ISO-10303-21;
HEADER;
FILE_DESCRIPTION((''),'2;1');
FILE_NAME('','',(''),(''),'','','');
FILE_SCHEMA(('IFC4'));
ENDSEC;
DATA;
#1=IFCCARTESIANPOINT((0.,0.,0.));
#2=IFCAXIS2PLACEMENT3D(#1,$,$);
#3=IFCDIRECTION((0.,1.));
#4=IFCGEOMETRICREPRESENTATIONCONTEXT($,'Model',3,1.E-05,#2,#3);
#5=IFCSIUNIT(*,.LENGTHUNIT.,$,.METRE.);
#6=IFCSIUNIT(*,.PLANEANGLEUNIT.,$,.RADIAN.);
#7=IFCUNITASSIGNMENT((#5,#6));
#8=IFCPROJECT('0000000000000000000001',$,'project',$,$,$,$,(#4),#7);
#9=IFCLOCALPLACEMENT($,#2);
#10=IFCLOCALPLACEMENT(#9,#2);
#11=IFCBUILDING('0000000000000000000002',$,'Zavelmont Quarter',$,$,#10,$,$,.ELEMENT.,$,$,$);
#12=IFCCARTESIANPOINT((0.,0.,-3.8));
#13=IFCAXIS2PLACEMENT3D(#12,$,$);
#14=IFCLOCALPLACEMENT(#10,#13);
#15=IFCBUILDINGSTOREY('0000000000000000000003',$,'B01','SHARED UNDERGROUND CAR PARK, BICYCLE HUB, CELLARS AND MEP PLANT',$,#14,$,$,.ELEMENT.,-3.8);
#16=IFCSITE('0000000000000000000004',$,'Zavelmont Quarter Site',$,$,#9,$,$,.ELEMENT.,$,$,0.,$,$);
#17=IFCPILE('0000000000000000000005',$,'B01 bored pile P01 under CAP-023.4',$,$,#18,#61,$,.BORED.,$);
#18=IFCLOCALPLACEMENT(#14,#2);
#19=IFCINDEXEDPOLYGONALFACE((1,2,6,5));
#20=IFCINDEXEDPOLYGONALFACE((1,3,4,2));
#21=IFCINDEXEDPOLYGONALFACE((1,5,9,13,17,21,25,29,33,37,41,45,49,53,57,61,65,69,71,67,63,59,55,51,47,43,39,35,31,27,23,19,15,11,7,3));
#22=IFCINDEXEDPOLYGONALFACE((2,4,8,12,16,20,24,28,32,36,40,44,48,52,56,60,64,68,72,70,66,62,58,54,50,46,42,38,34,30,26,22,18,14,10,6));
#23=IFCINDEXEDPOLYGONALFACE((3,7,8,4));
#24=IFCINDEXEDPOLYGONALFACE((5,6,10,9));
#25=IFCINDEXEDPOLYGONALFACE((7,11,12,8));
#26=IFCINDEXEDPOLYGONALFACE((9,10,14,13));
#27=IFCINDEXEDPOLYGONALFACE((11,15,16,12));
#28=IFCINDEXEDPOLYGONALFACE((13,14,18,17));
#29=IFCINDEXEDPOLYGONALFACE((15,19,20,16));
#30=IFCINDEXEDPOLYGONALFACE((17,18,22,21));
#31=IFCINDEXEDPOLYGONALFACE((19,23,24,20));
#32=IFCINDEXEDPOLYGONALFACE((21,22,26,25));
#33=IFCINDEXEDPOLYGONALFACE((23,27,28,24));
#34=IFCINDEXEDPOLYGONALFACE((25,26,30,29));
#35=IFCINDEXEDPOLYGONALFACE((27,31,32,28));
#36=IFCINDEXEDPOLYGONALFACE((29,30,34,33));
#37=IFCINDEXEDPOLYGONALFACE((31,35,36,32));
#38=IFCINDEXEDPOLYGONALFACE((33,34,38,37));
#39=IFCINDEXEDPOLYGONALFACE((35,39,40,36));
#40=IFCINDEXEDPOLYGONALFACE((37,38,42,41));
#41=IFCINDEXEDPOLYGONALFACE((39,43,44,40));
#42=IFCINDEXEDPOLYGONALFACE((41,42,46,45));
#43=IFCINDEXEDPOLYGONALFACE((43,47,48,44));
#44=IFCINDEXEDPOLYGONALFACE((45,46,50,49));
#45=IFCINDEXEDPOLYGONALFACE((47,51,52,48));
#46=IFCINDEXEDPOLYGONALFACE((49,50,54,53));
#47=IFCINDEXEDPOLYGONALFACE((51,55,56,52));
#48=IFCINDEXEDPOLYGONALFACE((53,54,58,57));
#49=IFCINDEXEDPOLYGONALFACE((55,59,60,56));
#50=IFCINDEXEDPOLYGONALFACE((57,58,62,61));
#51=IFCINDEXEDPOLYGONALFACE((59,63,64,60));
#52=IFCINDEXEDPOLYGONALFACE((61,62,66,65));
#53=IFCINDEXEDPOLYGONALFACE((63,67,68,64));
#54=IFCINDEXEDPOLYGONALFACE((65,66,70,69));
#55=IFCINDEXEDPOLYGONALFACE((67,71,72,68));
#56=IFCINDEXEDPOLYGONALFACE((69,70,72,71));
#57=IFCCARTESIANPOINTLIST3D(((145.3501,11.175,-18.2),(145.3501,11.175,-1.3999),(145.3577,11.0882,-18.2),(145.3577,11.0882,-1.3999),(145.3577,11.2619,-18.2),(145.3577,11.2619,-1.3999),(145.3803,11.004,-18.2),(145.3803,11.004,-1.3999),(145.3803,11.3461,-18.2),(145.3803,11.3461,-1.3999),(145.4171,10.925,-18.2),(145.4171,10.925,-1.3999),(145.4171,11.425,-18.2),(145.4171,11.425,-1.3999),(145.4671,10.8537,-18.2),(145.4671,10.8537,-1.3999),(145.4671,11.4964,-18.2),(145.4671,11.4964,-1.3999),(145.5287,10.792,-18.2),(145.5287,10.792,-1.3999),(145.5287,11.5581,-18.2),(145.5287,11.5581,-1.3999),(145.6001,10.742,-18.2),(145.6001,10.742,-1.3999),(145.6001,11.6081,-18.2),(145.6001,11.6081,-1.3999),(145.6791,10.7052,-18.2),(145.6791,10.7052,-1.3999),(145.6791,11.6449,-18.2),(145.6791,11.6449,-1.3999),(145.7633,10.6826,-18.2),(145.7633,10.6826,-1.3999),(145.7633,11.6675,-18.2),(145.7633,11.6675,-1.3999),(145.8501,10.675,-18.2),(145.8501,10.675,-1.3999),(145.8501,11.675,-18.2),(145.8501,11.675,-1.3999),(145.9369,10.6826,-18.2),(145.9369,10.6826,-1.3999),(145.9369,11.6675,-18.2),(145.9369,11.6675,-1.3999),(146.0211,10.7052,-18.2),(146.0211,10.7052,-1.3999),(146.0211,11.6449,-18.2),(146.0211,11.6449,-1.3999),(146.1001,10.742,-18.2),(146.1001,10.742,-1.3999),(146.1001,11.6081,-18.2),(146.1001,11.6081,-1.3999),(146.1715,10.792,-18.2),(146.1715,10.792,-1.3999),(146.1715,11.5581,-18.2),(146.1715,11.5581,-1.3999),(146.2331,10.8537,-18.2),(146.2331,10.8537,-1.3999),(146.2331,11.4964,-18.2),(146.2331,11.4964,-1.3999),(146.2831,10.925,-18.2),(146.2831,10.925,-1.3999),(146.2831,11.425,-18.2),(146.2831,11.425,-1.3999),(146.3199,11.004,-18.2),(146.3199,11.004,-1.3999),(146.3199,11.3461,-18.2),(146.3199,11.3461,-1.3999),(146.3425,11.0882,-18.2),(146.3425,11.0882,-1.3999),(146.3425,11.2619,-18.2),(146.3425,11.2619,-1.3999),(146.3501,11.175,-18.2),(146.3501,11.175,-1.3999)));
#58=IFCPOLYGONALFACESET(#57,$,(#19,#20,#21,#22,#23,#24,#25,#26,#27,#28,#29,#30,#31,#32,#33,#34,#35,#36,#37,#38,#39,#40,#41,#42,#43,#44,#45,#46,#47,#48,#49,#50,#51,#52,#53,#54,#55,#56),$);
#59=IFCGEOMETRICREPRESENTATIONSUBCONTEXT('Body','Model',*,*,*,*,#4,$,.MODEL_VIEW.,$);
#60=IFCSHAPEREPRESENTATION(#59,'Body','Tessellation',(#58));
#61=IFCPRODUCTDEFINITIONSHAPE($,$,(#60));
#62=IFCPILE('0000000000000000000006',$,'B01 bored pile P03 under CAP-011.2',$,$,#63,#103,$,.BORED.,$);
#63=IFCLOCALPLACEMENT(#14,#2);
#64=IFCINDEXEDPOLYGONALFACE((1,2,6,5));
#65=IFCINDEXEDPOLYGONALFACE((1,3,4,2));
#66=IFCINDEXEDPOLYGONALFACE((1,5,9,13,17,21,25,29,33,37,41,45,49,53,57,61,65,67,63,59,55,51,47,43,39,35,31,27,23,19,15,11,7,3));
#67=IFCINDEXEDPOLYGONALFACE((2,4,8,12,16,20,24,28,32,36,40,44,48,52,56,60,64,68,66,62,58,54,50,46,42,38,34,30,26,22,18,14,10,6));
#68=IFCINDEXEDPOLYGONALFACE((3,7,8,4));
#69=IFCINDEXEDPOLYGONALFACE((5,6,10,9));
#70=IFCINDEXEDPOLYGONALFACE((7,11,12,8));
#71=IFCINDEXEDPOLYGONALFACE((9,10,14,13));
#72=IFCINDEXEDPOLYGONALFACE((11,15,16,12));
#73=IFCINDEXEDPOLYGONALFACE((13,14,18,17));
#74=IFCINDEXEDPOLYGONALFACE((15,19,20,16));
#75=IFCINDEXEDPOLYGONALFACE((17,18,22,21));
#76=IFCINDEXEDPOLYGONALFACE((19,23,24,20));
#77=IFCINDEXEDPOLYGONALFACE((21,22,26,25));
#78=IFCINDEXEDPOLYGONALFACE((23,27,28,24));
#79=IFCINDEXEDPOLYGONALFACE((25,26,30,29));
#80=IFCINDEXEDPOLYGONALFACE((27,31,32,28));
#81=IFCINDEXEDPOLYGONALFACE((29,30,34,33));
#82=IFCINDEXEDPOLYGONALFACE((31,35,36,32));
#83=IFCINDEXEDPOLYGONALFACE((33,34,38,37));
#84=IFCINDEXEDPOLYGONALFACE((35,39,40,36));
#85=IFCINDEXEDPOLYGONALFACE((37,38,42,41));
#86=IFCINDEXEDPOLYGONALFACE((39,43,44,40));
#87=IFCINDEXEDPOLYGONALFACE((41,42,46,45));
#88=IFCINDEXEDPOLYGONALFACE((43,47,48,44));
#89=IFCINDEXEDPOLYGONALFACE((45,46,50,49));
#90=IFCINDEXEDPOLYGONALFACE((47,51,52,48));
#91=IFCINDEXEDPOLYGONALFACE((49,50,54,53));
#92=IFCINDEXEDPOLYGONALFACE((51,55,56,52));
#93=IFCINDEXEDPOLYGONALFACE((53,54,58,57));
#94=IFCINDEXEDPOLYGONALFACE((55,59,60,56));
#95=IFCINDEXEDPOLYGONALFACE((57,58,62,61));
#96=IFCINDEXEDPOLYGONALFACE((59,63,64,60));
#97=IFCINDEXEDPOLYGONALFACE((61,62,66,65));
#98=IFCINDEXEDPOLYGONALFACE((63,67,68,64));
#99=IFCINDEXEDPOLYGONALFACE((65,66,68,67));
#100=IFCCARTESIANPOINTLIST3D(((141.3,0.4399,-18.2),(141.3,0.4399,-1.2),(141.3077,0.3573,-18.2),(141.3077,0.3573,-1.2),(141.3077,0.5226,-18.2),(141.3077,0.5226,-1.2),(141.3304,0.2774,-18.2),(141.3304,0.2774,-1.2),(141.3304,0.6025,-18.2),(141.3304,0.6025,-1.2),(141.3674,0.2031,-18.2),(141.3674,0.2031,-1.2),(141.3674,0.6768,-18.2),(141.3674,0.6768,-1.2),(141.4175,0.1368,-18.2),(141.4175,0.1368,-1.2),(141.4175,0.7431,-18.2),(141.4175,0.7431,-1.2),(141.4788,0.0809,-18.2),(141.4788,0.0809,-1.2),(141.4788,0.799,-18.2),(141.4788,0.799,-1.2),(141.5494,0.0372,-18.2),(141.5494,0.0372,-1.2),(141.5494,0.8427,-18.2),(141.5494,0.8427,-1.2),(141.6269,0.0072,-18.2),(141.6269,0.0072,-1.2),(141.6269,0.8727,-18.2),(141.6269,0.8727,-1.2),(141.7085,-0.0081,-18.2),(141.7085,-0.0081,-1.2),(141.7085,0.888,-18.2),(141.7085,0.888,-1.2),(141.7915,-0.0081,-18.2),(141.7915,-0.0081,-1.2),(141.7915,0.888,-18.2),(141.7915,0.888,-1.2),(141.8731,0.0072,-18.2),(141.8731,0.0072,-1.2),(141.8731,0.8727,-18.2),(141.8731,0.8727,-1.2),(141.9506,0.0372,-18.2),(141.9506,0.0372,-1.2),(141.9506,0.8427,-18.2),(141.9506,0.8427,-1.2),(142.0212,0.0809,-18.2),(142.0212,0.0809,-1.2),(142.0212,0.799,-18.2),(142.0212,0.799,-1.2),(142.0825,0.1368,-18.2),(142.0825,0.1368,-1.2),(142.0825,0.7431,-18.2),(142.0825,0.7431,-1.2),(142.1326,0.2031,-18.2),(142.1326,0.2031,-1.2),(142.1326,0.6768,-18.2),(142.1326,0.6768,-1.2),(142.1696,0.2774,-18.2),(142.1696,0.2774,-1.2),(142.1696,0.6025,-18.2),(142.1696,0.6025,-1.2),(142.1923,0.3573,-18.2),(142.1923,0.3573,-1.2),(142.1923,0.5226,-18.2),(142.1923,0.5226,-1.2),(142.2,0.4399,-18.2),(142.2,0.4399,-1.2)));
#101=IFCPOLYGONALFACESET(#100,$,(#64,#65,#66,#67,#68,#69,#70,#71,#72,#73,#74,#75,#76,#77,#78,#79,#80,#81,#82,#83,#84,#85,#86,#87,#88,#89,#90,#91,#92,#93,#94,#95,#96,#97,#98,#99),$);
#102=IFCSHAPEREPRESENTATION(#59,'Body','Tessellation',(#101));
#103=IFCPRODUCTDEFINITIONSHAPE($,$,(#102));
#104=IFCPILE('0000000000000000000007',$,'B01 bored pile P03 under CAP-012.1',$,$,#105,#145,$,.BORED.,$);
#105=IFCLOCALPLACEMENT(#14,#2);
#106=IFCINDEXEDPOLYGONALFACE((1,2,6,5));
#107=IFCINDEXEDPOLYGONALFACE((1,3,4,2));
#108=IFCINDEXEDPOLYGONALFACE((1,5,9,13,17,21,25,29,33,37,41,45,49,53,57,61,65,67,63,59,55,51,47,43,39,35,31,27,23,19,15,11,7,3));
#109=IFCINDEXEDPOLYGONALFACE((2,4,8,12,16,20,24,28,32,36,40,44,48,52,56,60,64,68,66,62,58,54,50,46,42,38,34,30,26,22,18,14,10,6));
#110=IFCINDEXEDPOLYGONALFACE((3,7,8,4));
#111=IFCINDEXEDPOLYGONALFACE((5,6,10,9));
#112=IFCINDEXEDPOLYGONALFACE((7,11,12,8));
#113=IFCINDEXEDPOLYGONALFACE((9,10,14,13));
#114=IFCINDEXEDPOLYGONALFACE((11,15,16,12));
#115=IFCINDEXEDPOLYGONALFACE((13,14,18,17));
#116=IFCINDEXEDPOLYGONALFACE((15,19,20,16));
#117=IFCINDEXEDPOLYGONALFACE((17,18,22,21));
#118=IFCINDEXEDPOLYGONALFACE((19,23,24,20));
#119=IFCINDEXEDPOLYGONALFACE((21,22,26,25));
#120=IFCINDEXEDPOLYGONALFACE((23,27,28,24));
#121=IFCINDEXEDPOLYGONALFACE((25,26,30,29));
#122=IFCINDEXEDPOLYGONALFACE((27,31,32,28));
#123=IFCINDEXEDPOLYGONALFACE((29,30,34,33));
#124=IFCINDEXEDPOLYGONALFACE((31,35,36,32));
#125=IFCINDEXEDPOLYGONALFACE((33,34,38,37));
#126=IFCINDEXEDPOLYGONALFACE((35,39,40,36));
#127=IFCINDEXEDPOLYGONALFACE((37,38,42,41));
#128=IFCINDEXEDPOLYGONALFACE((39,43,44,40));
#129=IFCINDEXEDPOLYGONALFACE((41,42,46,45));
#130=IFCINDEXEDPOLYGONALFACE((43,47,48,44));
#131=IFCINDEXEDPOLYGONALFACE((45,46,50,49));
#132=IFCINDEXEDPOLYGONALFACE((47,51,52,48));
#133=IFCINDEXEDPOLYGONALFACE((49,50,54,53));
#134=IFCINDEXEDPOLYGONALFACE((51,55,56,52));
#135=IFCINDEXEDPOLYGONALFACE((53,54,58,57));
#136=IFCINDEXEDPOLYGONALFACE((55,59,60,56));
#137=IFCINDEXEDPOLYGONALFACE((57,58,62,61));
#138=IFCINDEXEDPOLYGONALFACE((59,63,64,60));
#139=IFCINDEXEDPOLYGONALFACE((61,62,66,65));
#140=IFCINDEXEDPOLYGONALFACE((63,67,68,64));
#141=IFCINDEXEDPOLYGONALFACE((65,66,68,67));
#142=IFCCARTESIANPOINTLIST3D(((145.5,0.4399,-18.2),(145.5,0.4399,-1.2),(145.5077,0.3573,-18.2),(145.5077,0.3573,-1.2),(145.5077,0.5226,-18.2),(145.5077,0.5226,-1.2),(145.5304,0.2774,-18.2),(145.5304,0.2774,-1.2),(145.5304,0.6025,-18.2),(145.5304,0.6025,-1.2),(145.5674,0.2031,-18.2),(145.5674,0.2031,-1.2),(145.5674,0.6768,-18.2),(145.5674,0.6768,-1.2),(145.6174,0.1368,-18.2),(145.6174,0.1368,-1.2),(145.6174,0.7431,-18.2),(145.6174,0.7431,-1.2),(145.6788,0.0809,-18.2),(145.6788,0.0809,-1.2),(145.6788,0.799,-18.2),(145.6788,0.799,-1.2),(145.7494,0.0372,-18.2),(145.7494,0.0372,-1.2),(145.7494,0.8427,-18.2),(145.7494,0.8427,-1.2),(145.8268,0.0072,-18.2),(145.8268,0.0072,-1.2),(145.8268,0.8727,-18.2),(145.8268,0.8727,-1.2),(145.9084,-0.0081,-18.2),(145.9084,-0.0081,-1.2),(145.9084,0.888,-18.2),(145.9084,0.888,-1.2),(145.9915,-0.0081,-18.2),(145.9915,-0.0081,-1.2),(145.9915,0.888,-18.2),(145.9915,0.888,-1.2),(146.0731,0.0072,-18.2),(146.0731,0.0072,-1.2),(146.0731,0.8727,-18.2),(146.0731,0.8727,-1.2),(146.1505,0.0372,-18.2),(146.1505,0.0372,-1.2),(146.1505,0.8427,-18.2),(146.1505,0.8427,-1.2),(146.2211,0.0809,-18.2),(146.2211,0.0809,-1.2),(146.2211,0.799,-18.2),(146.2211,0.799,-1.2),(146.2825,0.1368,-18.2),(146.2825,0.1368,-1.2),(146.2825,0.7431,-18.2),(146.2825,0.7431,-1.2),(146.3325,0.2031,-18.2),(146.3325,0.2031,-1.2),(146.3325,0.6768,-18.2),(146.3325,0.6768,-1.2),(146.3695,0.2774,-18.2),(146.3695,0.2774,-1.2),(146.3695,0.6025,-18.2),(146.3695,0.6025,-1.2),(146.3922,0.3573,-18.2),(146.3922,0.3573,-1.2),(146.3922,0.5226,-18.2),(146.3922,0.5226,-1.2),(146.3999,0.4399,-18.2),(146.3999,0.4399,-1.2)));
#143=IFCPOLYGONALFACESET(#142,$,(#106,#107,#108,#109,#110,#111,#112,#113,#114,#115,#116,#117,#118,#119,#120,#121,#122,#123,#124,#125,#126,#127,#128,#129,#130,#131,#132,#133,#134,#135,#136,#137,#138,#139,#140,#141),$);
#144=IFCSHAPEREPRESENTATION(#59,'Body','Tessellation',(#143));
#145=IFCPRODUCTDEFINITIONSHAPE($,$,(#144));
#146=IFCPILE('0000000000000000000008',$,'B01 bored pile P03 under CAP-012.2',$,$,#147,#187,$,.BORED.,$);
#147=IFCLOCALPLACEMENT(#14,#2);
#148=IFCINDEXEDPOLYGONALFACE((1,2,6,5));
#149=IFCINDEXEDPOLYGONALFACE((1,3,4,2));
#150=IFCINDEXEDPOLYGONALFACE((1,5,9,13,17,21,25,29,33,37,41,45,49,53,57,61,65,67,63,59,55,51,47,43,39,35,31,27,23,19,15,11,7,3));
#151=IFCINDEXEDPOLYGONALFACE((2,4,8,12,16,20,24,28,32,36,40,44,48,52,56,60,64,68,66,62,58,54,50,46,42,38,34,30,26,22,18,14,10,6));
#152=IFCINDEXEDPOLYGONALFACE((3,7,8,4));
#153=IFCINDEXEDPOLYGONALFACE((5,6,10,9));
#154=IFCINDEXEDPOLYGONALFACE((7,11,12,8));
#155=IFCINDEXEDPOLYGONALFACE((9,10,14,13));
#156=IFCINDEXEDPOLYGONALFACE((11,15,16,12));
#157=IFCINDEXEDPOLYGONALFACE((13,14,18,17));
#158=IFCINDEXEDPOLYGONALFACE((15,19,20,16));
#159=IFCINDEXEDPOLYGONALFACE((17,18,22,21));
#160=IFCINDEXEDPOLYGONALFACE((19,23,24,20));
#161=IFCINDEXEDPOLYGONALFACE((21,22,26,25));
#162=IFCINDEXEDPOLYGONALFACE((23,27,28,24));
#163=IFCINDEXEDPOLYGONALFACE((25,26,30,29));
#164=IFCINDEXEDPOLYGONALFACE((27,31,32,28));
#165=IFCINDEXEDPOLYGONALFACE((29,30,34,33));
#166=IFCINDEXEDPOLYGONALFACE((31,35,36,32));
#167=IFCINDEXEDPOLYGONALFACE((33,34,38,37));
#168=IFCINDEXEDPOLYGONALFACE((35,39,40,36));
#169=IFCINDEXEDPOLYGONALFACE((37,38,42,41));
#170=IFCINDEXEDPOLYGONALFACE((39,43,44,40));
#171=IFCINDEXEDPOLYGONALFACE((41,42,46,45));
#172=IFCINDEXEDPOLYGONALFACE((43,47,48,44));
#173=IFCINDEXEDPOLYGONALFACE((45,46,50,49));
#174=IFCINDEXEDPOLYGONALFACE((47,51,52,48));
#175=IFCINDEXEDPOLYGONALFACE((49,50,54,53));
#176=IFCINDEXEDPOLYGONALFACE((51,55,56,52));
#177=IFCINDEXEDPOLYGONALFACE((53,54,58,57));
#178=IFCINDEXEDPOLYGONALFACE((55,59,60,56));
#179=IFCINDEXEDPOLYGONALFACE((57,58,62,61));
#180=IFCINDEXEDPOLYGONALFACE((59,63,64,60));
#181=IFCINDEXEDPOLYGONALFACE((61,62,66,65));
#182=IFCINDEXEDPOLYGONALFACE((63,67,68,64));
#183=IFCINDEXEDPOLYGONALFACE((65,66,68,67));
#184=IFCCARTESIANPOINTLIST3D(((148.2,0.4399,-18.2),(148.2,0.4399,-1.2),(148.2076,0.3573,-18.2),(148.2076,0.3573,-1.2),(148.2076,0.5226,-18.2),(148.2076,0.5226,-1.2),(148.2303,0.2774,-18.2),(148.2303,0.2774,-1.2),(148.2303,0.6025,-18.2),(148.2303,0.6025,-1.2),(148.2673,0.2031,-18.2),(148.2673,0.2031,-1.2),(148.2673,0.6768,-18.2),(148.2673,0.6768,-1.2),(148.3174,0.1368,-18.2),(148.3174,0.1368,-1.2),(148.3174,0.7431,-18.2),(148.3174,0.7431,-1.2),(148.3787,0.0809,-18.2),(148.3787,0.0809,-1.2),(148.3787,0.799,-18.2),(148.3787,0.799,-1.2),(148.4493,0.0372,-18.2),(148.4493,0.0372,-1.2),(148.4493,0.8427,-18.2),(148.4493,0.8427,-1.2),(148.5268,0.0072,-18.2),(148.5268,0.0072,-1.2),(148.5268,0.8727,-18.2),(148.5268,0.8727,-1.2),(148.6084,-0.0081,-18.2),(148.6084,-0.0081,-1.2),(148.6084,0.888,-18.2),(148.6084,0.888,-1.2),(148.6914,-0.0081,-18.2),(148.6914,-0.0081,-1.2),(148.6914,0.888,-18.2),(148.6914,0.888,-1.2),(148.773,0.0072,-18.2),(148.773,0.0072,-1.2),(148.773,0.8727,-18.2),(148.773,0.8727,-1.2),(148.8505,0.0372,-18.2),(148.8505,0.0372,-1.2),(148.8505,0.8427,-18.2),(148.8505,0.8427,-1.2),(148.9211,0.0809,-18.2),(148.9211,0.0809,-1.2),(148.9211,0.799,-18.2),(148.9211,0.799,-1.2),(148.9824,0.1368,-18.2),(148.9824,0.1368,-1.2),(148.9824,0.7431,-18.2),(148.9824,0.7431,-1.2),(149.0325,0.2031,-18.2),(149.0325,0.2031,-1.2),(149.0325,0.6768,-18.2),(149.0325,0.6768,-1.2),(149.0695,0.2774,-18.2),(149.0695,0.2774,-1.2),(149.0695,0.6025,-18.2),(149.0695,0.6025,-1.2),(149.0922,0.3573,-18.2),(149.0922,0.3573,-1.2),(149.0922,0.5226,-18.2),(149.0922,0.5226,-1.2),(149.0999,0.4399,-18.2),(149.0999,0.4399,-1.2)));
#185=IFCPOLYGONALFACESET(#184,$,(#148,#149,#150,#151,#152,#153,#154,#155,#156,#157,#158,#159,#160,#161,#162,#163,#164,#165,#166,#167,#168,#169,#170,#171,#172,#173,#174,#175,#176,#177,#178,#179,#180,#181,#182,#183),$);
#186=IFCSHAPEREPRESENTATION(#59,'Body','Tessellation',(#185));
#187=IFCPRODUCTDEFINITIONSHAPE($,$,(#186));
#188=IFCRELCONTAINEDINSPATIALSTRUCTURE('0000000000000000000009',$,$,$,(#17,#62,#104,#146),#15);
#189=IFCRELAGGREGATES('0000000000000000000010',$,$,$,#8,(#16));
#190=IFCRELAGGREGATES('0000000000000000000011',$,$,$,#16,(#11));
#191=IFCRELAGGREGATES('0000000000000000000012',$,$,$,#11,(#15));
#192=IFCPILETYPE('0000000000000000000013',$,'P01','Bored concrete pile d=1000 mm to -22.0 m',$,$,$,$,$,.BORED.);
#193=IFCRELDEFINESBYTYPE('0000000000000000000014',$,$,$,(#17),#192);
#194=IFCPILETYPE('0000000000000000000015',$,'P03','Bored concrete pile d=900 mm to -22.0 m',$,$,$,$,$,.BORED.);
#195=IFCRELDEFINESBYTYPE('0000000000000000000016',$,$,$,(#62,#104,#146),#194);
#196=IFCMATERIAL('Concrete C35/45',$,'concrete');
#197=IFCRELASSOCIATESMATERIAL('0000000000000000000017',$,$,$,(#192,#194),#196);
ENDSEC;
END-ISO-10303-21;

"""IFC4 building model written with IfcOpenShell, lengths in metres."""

from ifc_helpers import new_model, si_unit, direction, frame, origin, origin_2d, place, context, subcontext, project, spatial, circle, extrude, material, material_profile, profile_set, type_object, element, save


model = new_model("IFC4")

# Units and contexts
model_context = context("Model", 3, precision=1e-05, world=origin(), true_north=direction((0.0, 1.0)))
body_context = subcontext(model_context, "Body", "Model", "MODEL_VIEW")
ifc_project = project(units=[si_unit("LENGTHUNIT", "METRE"), si_unit("PLANEANGLEUNIT", "RADIAN")], contexts=[model_context])

# Site, building, storey
site_placement = place(None, origin())
site = spatial("IfcSite", under=ifc_project, at=site_placement, Name="Zavelmont Quarter Site", CompositionType="ELEMENT", RefElevation=0.0)
building_placement = place(site_placement, origin())
building = spatial("IfcBuilding", under=site, at=building_placement, Name="Zavelmont Quarter", CompositionType="ELEMENT")
storey_placement = place(building_placement, frame((0.0, 0.0, -3.8)))
storey = spatial("IfcBuildingStorey", under=building, at=storey_placement, Name="B01", Description="SHARED UNDERGROUND CAR PARK, BICYCLE HUB, CELLARS AND MEP PLANT", CompositionType="ELEMENT", Elevation=-3.8)

# Shared definitions
ifc_material_1 = material(Name="Concrete C35/45", Category="concrete")

# Piles
ifc_material_profile_1 = material_profile(ifc_material_1, circle(Radius=0.5, at=origin_2d()), Name="BP1000")
ifc_profile_set_1 = profile_set([ifc_material_profile_1], Name="Concrete C35/45")
pile_type_1 = type_object("IfcPileType", Name="P01", Description="Bored concrete pile d=1000 mm to -22.0 m", PredefinedType="BORED", material=ifc_profile_set_1)
for number, where, z_axis, x_axis, name in (
    (1, (145.8501, 11.175, -1.3999), (0.0, 0.0, -1.0), (1.0, 0.0, 0.0), "B01 bored pile P01 under CAP-023.4"),
):
    element("IfcPile", number, at=place(storey_placement, frame(where, z_axis=z_axis, x_axis=x_axis)), inside=storey, type_object=pile_type_1, Name=name, PredefinedType="BORED", context=body_context, shape_type="SweptSolid", body=[
        extrude(circle(Radius=0.5, at=origin_2d()), origin(), (0.0, 0.0, 1.0), 16.8),
    ])
ifc_material_profile_2 = material_profile(ifc_material_1, circle(Radius=0.45, at=origin_2d()), Name="BP900")
ifc_profile_set_2 = profile_set([ifc_material_profile_2], Name="Concrete C35/45")
pile_type_2 = type_object("IfcPileType", Name="P03", Description="Bored concrete pile d=900 mm to -22.0 m", PredefinedType="BORED", material=ifc_profile_set_2)
for number, where, z_axis, x_axis, name in (
    (2, (141.75, 0.4399, -1.2), (0.0, 0.0, -1.0), (1.0, 0.0, 0.0), "B01 bored pile P03 under CAP-011.2"),
    (3, (145.95, 0.4399, -1.2), (0.0, 0.0, -1.0), (1.0, 0.0, 0.0), "B01 bored pile P03 under CAP-012.1"),
    (4, (148.6499, 0.4399, -1.2), (0.0, 0.0, -1.0), (1.0, 0.0, 0.0), "B01 bored pile P03 under CAP-012.2"),
):
    element("IfcPile", number, at=place(storey_placement, frame(where, z_axis=z_axis, x_axis=x_axis)), inside=storey, type_object=pile_type_2, Name=name, PredefinedType="BORED", context=body_context, shape_type="SweptSolid", body=[
        extrude(circle(Radius=0.45, at=origin_2d()), origin(), (0.0, 0.0, 1.0), 17.0),
    ])

save(model, "model.ifc")
